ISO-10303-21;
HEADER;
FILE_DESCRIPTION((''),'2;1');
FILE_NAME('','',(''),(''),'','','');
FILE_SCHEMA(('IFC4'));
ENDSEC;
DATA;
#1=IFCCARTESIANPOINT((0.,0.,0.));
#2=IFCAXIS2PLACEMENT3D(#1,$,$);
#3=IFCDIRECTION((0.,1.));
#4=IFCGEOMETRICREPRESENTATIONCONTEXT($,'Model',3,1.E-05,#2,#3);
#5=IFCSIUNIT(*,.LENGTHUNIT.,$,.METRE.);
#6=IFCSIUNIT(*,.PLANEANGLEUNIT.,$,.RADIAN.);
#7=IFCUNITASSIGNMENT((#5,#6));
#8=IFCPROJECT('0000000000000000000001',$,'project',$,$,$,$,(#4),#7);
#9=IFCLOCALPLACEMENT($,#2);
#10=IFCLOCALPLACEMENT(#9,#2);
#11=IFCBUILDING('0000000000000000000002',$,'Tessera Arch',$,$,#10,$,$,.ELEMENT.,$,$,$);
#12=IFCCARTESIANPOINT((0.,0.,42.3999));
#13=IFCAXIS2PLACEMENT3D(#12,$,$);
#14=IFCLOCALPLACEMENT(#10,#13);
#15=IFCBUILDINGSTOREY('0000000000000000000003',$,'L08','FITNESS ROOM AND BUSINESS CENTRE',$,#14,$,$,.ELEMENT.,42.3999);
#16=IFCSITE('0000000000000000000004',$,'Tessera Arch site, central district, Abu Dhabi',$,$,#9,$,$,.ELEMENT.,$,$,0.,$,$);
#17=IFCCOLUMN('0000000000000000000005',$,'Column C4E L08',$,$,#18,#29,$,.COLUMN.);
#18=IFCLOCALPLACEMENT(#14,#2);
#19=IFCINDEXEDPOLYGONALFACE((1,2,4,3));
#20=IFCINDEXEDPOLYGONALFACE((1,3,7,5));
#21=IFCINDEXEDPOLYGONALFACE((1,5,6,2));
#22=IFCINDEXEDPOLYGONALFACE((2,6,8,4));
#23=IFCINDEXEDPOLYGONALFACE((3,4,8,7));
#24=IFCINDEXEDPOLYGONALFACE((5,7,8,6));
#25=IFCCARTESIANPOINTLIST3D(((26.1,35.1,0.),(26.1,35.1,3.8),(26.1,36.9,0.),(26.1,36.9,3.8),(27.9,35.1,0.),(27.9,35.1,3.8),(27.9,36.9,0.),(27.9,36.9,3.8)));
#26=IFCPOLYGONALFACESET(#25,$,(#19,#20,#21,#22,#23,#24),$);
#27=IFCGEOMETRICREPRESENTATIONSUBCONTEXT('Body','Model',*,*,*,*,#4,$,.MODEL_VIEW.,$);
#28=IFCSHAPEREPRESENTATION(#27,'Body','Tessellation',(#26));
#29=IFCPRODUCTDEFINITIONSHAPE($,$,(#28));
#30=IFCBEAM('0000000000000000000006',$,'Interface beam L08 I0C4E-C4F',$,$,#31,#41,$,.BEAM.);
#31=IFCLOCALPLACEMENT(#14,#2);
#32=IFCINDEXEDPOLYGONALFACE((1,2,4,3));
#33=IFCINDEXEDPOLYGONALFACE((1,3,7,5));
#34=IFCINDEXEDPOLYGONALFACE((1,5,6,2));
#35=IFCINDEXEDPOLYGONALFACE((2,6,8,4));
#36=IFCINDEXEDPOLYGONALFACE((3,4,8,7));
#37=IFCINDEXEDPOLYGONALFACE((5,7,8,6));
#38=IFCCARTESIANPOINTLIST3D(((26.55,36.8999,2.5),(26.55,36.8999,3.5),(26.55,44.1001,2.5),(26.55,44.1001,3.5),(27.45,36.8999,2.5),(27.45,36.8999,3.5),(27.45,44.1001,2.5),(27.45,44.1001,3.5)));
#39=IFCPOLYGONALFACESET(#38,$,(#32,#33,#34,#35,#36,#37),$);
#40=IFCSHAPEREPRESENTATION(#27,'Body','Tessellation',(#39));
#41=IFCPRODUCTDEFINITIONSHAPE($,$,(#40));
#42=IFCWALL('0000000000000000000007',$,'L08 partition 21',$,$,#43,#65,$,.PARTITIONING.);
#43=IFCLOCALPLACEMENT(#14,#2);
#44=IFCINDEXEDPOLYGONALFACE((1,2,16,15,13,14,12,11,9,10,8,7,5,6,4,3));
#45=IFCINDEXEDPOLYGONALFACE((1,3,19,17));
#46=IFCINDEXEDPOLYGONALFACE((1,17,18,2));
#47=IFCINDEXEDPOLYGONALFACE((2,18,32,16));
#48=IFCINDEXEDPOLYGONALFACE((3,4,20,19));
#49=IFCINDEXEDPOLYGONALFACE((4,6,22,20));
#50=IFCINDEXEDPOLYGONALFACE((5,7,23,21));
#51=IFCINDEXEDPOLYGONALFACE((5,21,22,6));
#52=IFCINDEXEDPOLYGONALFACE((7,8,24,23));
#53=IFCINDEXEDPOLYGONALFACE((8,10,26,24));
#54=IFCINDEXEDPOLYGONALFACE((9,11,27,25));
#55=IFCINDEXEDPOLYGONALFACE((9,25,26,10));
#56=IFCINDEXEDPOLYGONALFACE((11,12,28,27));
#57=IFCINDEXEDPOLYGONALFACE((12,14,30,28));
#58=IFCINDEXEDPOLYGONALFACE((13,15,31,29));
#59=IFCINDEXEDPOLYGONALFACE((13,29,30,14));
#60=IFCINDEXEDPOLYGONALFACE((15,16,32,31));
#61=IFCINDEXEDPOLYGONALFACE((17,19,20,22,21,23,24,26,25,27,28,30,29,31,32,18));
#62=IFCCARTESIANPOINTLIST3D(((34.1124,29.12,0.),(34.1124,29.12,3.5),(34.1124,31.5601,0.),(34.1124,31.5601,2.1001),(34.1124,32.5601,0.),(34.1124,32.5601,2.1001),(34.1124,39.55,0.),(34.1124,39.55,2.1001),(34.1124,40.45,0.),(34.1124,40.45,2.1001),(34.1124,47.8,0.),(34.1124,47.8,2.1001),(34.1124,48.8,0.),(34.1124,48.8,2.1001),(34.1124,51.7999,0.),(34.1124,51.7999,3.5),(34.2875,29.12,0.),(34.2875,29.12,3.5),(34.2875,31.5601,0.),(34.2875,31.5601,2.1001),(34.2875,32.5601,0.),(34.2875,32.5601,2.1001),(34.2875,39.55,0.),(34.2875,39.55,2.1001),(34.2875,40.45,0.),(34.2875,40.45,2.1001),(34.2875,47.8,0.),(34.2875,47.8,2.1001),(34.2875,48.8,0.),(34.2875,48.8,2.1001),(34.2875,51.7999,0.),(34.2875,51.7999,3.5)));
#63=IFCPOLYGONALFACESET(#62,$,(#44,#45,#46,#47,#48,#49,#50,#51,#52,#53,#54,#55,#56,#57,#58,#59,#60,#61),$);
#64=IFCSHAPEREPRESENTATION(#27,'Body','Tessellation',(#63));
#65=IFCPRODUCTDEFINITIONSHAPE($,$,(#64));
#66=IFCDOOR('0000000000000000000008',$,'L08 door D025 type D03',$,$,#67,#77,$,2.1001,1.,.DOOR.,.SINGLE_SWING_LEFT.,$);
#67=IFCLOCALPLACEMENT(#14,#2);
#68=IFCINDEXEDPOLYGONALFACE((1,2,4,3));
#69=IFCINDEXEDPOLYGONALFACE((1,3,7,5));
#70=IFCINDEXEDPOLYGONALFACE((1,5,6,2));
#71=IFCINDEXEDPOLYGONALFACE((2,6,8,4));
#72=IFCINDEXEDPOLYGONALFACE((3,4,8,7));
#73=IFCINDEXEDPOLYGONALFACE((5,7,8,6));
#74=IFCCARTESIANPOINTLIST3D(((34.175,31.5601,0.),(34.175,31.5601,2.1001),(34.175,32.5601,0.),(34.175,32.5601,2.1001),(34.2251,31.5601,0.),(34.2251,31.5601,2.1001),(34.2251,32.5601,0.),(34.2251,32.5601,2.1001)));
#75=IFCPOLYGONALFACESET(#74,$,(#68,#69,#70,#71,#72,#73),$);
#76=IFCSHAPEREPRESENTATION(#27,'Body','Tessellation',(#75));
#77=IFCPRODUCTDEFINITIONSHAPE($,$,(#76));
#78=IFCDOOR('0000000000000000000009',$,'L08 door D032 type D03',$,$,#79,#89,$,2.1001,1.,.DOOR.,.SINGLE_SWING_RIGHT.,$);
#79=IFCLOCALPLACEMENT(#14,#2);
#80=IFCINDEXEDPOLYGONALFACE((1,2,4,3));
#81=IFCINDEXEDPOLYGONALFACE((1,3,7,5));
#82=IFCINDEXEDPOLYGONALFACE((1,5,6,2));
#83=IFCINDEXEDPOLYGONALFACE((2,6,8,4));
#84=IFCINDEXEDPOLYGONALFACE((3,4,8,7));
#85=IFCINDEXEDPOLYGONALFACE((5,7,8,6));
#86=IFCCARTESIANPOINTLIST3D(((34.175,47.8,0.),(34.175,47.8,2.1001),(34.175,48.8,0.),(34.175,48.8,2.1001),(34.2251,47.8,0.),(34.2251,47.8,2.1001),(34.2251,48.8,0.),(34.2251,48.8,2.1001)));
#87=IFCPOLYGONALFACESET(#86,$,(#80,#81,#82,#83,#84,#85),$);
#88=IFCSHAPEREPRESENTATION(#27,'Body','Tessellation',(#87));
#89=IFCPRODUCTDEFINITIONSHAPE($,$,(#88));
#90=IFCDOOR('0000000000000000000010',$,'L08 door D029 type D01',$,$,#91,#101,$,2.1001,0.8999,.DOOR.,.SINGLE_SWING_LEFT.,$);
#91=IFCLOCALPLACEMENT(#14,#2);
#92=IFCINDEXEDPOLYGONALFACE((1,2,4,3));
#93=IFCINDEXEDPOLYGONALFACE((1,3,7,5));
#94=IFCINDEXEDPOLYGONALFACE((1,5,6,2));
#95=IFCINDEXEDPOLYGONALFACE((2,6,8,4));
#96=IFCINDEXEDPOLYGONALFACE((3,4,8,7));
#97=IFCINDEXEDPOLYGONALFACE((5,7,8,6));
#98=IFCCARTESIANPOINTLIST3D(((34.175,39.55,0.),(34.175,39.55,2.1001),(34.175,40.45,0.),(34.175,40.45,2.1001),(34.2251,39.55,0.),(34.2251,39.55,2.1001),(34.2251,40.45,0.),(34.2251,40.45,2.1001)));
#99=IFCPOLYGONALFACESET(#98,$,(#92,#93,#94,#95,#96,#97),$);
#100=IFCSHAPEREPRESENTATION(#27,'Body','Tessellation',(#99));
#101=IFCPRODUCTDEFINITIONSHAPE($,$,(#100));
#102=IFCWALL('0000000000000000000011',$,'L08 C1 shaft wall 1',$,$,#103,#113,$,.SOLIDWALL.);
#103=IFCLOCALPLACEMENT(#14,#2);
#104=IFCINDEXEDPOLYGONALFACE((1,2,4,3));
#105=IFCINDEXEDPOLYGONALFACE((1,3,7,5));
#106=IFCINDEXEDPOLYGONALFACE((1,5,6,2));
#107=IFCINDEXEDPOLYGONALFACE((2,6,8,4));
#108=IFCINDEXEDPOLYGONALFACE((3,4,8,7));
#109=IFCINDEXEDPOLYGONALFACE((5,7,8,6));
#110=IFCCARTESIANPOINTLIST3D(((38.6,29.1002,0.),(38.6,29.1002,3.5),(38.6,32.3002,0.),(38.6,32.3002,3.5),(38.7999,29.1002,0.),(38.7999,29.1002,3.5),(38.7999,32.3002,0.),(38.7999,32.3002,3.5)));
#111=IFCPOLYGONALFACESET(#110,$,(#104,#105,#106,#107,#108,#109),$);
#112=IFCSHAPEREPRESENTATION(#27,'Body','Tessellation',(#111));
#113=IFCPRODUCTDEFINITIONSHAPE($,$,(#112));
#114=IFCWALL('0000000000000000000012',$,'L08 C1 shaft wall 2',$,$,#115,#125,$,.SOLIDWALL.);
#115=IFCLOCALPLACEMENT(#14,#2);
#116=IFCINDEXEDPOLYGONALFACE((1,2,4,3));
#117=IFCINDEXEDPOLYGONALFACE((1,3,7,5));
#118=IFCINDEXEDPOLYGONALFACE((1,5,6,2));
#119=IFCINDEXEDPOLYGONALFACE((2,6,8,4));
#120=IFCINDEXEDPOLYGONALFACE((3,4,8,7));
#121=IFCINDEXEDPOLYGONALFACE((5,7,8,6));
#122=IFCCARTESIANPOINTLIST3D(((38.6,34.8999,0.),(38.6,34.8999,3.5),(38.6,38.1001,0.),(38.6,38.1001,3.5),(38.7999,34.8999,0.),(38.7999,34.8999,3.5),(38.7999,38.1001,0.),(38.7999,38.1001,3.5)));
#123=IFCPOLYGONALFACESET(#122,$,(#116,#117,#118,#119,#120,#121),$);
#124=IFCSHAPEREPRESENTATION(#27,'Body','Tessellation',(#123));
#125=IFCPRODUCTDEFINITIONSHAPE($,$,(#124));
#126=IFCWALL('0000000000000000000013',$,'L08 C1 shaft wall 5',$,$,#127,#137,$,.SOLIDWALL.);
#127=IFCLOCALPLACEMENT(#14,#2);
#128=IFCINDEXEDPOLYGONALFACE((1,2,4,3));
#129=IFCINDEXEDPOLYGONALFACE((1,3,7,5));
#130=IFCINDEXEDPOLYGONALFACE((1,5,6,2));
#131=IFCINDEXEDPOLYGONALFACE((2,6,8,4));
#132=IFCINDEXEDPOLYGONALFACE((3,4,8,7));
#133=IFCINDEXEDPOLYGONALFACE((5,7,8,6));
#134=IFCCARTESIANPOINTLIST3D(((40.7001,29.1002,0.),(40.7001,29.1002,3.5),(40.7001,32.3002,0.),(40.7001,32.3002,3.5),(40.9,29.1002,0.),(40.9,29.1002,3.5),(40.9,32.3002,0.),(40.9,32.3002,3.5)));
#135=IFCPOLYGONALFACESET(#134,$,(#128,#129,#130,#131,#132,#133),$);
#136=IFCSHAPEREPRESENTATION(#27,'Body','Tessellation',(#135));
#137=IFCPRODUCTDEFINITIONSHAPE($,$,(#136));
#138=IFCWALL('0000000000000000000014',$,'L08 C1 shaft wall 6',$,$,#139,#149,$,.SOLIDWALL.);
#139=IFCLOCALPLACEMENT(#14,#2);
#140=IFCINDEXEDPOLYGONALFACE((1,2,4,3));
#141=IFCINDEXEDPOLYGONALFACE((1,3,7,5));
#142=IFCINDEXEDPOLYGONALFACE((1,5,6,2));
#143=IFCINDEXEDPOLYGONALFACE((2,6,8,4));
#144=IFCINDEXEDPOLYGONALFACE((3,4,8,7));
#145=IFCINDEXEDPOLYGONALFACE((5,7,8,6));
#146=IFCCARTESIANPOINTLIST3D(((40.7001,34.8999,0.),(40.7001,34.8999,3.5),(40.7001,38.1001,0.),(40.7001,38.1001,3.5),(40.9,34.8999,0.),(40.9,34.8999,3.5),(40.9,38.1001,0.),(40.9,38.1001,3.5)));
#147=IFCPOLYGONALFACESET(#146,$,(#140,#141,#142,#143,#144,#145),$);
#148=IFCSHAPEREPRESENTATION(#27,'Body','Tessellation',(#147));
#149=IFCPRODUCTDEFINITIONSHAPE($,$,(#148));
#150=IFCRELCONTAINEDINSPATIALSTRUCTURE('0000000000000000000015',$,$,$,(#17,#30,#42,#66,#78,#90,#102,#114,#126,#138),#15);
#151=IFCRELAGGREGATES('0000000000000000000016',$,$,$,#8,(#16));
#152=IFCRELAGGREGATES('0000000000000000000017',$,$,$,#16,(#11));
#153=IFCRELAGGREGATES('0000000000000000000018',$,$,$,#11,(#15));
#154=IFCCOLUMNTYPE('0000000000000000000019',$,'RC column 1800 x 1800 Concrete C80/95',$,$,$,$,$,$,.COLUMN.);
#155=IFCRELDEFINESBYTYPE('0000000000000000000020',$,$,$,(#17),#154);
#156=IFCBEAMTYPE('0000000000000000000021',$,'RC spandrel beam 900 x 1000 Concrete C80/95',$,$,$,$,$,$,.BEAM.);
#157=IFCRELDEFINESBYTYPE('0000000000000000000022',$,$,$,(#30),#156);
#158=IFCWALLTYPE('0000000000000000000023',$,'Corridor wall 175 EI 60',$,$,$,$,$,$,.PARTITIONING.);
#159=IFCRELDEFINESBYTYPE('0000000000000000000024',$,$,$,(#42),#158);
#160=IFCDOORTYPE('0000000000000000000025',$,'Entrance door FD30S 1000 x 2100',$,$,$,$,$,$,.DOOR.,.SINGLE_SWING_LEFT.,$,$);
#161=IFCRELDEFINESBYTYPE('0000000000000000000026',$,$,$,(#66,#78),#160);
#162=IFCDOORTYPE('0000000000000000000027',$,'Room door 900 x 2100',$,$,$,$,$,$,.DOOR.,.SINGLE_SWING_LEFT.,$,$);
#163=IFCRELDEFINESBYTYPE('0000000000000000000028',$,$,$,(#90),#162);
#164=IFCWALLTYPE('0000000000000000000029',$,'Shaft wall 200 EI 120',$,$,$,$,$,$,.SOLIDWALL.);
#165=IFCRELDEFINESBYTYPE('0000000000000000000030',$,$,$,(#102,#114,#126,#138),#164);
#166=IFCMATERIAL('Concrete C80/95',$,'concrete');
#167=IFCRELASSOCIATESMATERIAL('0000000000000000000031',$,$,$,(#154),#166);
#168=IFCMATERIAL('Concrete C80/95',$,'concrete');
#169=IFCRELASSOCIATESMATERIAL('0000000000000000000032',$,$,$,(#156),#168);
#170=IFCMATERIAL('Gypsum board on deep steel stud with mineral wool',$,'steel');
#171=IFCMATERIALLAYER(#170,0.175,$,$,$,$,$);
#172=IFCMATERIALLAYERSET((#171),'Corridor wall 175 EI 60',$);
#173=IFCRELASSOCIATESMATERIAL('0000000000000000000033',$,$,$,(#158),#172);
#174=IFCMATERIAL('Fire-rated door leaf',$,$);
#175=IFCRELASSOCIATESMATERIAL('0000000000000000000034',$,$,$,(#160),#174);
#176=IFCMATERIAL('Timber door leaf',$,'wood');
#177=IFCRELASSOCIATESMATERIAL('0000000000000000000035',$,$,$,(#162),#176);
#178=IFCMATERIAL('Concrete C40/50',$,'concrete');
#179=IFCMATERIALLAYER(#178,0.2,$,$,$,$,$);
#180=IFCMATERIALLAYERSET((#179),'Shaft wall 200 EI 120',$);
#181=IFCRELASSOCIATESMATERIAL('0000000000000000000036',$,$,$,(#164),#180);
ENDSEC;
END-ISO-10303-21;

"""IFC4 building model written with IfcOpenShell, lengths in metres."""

from ifc_helpers import new_model, si_unit, direction, frame, frame_2d, origin, origin_2d, place, context, subcontext, project, spatial, rectangle, extrude, material, layer, layer_set, material_profile, profile_set, type_object, element, fill, save


model = new_model("IFC4")

# Units and contexts
model_context = context("Model", 3, precision=1e-05, world=origin(), true_north=direction((0.0, 1.0)))
body_context = subcontext(model_context, "Body", "Model", "MODEL_VIEW")
ifc_project = project(units=[si_unit("LENGTHUNIT", "METRE"), si_unit("PLANEANGLEUNIT", "RADIAN")], contexts=[model_context])

# Site, building, storey
site_placement = place(None, origin())
site = spatial("IfcSite", under=ifc_project, at=site_placement, Name="Tessera Arch site, central district, Abu Dhabi", CompositionType="ELEMENT", RefElevation=0.0)
building_placement = place(site_placement, origin())
building = spatial("IfcBuilding", under=site, at=building_placement, Name="Tessera Arch", CompositionType="ELEMENT")
storey_placement = place(building_placement, frame((0.0, 0.0, 42.3999)))
storey = spatial("IfcBuildingStorey", under=building, at=storey_placement, Name="L08", Description="FITNESS ROOM AND BUSINESS CENTRE", CompositionType="ELEMENT", Elevation=42.3999)

# Column
ifc_material_1 = material(Name="Concrete C80/95", Category="concrete")
ifc_material_profile_1 = material_profile(ifc_material_1, rectangle(XDim=1.8, YDim=1.8, at=origin_2d()), Name="RC column 1800 x 1800 Concrete C80/95")
ifc_profile_set_1 = profile_set([ifc_material_profile_1], Name="Concrete C80/95")
column_type = type_object("IfcColumnType", Name="RC column 1800 x 1800 Concrete C80/95", PredefinedType="COLUMN", material=ifc_profile_set_1)
column_placement = place(storey_placement, frame((27.0, 36.0, 0.0), z_axis=(0.0, 0.0, 1.0), x_axis=(1.0, 0.0, 0.0)))
element("IfcColumn", 1, at=column_placement, inside=storey, type_object=column_type, Name="Column C4E L08", PredefinedType="COLUMN", context=body_context, shape_type="SweptSolid", body=[
    extrude(rectangle(XDim=1.8, YDim=1.8, at=origin_2d()), origin(), (0.0, 0.0, 1.0), 3.8),
])

# Beam
ifc_material_2 = material(Name="Concrete C80/95", Category="concrete")
ifc_material_profile_2 = material_profile(ifc_material_2, rectangle(XDim=0.8999, YDim=1.0, at=origin_2d()), Name="RC spandrel beam 900 x 1000 Concrete C80/95")
ifc_profile_set_2 = profile_set([ifc_material_profile_2], Name="Concrete C80/95")
beam_type = type_object("IfcBeamType", Name="RC spandrel beam 900 x 1000 Concrete C80/95", PredefinedType="BEAM", material=ifc_profile_set_2)
beam_placement = place(storey_placement, frame((27.0, 36.8999, 3.0), z_axis=(0.0, 1.0, 0.0), x_axis=(-1.0, 0.0, 0.0)))
element("IfcBeam", 2, at=beam_placement, inside=storey, type_object=beam_type, Name="Interface beam L08 I0C4E-C4F", PredefinedType="BEAM", context=body_context, shape_type="SweptSolid", body=[
    extrude(rectangle(XDim=0.8999, YDim=1.0, at=origin_2d()), origin(), (0.0, 0.0, 1.0), 7.2002),
])

# Wall, openings, doors
ifc_material_3 = material(Name="Gypsum board on deep steel stud with mineral wool", Category="steel")
ifc_layer_1 = layer(ifc_material_3, 0.175)
ifc_layer_set_1 = layer_set([ifc_layer_1], Name="Corridor wall 175 EI 60")
wall_type_1 = type_object("IfcWallType", Name="Corridor wall 175 EI 60", PredefinedType="PARTITIONING", material=ifc_layer_set_1)
wall_1_placement = place(storey_placement, frame((34.2, 29.1201, 0.0), z_axis=(0.0, 0.0, 1.0), x_axis=(0.0, 1.0, 0.0)))
wall_1 = element("IfcWall", 3, at=wall_1_placement, inside=storey, type_object=wall_type_1, Name="L08 partition 21", PredefinedType="PARTITIONING", context=body_context, shape_type="SweptSolid", body=[
    extrude(rectangle(XDim=22.6799, YDim=0.175, at=frame_2d((11.3398, 0.0))), origin(), (0.0, 0.0, 1.0), 3.5),
])
opening_1_placement = place(wall_1_placement, frame((2.4399, 0.0, 0.0)))
opening_1 = element("IfcOpeningElement", 4, at=opening_1_placement, cuts=wall_1, PredefinedType="OPENING", context=body_context, shape_type="SweptSolid", body=[
    extrude(rectangle(XDim=1.0, YDim=2.1001, at=frame_2d((0.5, 1.05))), frame((0.0, 0.0974, 0.0), z_axis=(0.0, -1.0, 0.0), x_axis=(1.0, 0.0, 0.0)), (0.0, 0.0, 1.0), 0.1951),
])
opening_2_placement = place(wall_1_placement, frame((10.4299, 0.0, 0.0)))
opening_2 = element("IfcOpeningElement", 5, at=opening_2_placement, cuts=wall_1, PredefinedType="OPENING", context=body_context, shape_type="SweptSolid", body=[
    extrude(rectangle(XDim=0.8999, YDim=2.1001, at=frame_2d((0.45, 1.05))), frame((0.0, 0.0974, 0.0), z_axis=(0.0, -1.0, 0.0), x_axis=(1.0, 0.0, 0.0)), (0.0, 0.0, 1.0), 0.1951),
])
opening_3_placement = place(wall_1_placement, frame((18.6799, 0.0, 0.0)))
opening_3 = element("IfcOpeningElement", 6, at=opening_3_placement, cuts=wall_1, PredefinedType="OPENING", context=body_context, shape_type="SweptSolid", body=[
    extrude(rectangle(XDim=1.0, YDim=2.1001, at=frame_2d((0.5, 1.05))), frame((0.0, 0.0974, 0.0), z_axis=(0.0, -1.0, 0.0), x_axis=(1.0, 0.0, 0.0)), (0.0, 0.0, 1.0), 0.1951),
])
ifc_material_4 = material(Name="Fire-rated door leaf")
door_type_1 = type_object("IfcDoorType", Name="Entrance door FD30S 1000 x 2100", OperationType="SINGLE_SWING_LEFT", PredefinedType="DOOR", material=ifc_material_4)
door_1_placement = place(opening_1_placement, origin())
door_1 = element("IfcDoor", 7, at=door_1_placement, inside=storey, type_object=door_type_1, Name="L08 door D025 type D03", OperationType="SINGLE_SWING_LEFT", OverallHeight=2.1001, OverallWidth=1.0, PredefinedType="DOOR", context=body_context, shape_type="SweptSolid", body=[
    extrude(rectangle(XDim=1.0, YDim=2.1001, at=frame_2d((0.5, 1.05))), frame((0.0, 0.0249, 0.0), z_axis=(0.0, -1.0, 0.0), x_axis=(1.0, 0.0, 0.0)), (0.0, 0.0, 1.0), 0.05),
])
fill(opening_1, door_1)
door_2_placement = place(opening_3_placement, origin())
door_2 = element("IfcDoor", 8, at=door_2_placement, inside=storey, type_object=door_type_1, Name="L08 door D032 type D03", OperationType="SINGLE_SWING_RIGHT", OverallHeight=2.1001, OverallWidth=1.0, PredefinedType="DOOR", context=body_context, shape_type="SweptSolid", body=[
    extrude(rectangle(XDim=1.0, YDim=2.1001, at=frame_2d((0.5, 1.05))), frame((0.0, 0.0249, 0.0), z_axis=(0.0, -1.0, 0.0), x_axis=(1.0, 0.0, 0.0)), (0.0, 0.0, 1.0), 0.05),
])
fill(opening_3, door_2)
ifc_material_5 = material(Name="Timber door leaf", Category="wood")
door_type_2 = type_object("IfcDoorType", Name="Room door 900 x 2100", OperationType="SINGLE_SWING_LEFT", PredefinedType="DOOR", material=ifc_material_5)
door_3_placement = place(opening_2_placement, origin())
door_3 = element("IfcDoor", 9, at=door_3_placement, inside=storey, type_object=door_type_2, Name="L08 door D029 type D01", OperationType="SINGLE_SWING_LEFT", OverallHeight=2.1001, OverallWidth=0.8999, PredefinedType="DOOR", context=body_context, shape_type="SweptSolid", body=[
    extrude(rectangle(XDim=0.8999, YDim=2.1001, at=frame_2d((0.45, 1.05))), frame((0.0, 0.0249, 0.0), z_axis=(0.0, -1.0, 0.0), x_axis=(1.0, 0.0, 0.0)), (0.0, 0.0, 1.0), 0.05),
])
fill(opening_2, door_3)

# Walls
ifc_material_6 = material(Name="Concrete C40/50", Category="concrete")
ifc_layer_2 = layer(ifc_material_6, 0.2)
ifc_layer_set_2 = layer_set([ifc_layer_2], Name="Shaft wall 200 EI 120")
wall_type_2 = type_object("IfcWallType", Name="Shaft wall 200 EI 120", PredefinedType="SOLIDWALL", material=ifc_layer_set_2)
wall_2_placement = place(storey_placement, frame((38.7, 29.1001, 0.0), z_axis=(0.0, 0.0, 1.0), x_axis=(0.0, 1.0, 0.0)))
element("IfcWall", 10, at=wall_2_placement, inside=storey, type_object=wall_type_2, Name="L08 C1 shaft wall 1", PredefinedType="SOLIDWALL", context=body_context, shape_type="SweptSolid", body=[
    extrude(rectangle(XDim=3.2, YDim=0.2, at=frame_2d((1.6001, 0.0))), origin(), (0.0, 0.0, 1.0), 3.5),
])
wall_3_placement = place(storey_placement, frame((38.7, 34.8999, 0.0), z_axis=(0.0, 0.0, 1.0), x_axis=(0.0, 1.0, 0.0)))
element("IfcWall", 11, at=wall_3_placement, inside=storey, type_object=wall_type_2, Name="L08 C1 shaft wall 2", PredefinedType="SOLIDWALL", context=body_context, shape_type="SweptSolid", body=[
    extrude(rectangle(XDim=3.2002, YDim=0.2, at=frame_2d((1.6001, 0.0))), origin(), (0.0, 0.0, 1.0), 3.5),
])
wall_4_placement = place(storey_placement, frame((40.8, 29.1001, 0.0), z_axis=(0.0, 0.0, 1.0), x_axis=(0.0, 1.0, 0.0)))
element("IfcWall", 12, at=wall_4_placement, inside=storey, type_object=wall_type_2, Name="L08 C1 shaft wall 5", PredefinedType="SOLIDWALL", context=body_context, shape_type="SweptSolid", body=[
    extrude(rectangle(XDim=3.2, YDim=0.2, at=frame_2d((1.6001, 0.0))), origin(), (0.0, 0.0, 1.0), 3.5),
])
wall_5_placement = place(storey_placement, frame((40.8, 34.8999, 0.0), z_axis=(0.0, 0.0, 1.0), x_axis=(0.0, 1.0, 0.0)))
element("IfcWall", 13, at=wall_5_placement, inside=storey, type_object=wall_type_2, Name="L08 C1 shaft wall 6", PredefinedType="SOLIDWALL", context=body_context, shape_type="SweptSolid", body=[
    extrude(rectangle(XDim=3.2002, YDim=0.2, at=frame_2d((1.6001, 0.0))), origin(), (0.0, 0.0, 1.0), 3.5),
])

save(model, "model.ifc")
